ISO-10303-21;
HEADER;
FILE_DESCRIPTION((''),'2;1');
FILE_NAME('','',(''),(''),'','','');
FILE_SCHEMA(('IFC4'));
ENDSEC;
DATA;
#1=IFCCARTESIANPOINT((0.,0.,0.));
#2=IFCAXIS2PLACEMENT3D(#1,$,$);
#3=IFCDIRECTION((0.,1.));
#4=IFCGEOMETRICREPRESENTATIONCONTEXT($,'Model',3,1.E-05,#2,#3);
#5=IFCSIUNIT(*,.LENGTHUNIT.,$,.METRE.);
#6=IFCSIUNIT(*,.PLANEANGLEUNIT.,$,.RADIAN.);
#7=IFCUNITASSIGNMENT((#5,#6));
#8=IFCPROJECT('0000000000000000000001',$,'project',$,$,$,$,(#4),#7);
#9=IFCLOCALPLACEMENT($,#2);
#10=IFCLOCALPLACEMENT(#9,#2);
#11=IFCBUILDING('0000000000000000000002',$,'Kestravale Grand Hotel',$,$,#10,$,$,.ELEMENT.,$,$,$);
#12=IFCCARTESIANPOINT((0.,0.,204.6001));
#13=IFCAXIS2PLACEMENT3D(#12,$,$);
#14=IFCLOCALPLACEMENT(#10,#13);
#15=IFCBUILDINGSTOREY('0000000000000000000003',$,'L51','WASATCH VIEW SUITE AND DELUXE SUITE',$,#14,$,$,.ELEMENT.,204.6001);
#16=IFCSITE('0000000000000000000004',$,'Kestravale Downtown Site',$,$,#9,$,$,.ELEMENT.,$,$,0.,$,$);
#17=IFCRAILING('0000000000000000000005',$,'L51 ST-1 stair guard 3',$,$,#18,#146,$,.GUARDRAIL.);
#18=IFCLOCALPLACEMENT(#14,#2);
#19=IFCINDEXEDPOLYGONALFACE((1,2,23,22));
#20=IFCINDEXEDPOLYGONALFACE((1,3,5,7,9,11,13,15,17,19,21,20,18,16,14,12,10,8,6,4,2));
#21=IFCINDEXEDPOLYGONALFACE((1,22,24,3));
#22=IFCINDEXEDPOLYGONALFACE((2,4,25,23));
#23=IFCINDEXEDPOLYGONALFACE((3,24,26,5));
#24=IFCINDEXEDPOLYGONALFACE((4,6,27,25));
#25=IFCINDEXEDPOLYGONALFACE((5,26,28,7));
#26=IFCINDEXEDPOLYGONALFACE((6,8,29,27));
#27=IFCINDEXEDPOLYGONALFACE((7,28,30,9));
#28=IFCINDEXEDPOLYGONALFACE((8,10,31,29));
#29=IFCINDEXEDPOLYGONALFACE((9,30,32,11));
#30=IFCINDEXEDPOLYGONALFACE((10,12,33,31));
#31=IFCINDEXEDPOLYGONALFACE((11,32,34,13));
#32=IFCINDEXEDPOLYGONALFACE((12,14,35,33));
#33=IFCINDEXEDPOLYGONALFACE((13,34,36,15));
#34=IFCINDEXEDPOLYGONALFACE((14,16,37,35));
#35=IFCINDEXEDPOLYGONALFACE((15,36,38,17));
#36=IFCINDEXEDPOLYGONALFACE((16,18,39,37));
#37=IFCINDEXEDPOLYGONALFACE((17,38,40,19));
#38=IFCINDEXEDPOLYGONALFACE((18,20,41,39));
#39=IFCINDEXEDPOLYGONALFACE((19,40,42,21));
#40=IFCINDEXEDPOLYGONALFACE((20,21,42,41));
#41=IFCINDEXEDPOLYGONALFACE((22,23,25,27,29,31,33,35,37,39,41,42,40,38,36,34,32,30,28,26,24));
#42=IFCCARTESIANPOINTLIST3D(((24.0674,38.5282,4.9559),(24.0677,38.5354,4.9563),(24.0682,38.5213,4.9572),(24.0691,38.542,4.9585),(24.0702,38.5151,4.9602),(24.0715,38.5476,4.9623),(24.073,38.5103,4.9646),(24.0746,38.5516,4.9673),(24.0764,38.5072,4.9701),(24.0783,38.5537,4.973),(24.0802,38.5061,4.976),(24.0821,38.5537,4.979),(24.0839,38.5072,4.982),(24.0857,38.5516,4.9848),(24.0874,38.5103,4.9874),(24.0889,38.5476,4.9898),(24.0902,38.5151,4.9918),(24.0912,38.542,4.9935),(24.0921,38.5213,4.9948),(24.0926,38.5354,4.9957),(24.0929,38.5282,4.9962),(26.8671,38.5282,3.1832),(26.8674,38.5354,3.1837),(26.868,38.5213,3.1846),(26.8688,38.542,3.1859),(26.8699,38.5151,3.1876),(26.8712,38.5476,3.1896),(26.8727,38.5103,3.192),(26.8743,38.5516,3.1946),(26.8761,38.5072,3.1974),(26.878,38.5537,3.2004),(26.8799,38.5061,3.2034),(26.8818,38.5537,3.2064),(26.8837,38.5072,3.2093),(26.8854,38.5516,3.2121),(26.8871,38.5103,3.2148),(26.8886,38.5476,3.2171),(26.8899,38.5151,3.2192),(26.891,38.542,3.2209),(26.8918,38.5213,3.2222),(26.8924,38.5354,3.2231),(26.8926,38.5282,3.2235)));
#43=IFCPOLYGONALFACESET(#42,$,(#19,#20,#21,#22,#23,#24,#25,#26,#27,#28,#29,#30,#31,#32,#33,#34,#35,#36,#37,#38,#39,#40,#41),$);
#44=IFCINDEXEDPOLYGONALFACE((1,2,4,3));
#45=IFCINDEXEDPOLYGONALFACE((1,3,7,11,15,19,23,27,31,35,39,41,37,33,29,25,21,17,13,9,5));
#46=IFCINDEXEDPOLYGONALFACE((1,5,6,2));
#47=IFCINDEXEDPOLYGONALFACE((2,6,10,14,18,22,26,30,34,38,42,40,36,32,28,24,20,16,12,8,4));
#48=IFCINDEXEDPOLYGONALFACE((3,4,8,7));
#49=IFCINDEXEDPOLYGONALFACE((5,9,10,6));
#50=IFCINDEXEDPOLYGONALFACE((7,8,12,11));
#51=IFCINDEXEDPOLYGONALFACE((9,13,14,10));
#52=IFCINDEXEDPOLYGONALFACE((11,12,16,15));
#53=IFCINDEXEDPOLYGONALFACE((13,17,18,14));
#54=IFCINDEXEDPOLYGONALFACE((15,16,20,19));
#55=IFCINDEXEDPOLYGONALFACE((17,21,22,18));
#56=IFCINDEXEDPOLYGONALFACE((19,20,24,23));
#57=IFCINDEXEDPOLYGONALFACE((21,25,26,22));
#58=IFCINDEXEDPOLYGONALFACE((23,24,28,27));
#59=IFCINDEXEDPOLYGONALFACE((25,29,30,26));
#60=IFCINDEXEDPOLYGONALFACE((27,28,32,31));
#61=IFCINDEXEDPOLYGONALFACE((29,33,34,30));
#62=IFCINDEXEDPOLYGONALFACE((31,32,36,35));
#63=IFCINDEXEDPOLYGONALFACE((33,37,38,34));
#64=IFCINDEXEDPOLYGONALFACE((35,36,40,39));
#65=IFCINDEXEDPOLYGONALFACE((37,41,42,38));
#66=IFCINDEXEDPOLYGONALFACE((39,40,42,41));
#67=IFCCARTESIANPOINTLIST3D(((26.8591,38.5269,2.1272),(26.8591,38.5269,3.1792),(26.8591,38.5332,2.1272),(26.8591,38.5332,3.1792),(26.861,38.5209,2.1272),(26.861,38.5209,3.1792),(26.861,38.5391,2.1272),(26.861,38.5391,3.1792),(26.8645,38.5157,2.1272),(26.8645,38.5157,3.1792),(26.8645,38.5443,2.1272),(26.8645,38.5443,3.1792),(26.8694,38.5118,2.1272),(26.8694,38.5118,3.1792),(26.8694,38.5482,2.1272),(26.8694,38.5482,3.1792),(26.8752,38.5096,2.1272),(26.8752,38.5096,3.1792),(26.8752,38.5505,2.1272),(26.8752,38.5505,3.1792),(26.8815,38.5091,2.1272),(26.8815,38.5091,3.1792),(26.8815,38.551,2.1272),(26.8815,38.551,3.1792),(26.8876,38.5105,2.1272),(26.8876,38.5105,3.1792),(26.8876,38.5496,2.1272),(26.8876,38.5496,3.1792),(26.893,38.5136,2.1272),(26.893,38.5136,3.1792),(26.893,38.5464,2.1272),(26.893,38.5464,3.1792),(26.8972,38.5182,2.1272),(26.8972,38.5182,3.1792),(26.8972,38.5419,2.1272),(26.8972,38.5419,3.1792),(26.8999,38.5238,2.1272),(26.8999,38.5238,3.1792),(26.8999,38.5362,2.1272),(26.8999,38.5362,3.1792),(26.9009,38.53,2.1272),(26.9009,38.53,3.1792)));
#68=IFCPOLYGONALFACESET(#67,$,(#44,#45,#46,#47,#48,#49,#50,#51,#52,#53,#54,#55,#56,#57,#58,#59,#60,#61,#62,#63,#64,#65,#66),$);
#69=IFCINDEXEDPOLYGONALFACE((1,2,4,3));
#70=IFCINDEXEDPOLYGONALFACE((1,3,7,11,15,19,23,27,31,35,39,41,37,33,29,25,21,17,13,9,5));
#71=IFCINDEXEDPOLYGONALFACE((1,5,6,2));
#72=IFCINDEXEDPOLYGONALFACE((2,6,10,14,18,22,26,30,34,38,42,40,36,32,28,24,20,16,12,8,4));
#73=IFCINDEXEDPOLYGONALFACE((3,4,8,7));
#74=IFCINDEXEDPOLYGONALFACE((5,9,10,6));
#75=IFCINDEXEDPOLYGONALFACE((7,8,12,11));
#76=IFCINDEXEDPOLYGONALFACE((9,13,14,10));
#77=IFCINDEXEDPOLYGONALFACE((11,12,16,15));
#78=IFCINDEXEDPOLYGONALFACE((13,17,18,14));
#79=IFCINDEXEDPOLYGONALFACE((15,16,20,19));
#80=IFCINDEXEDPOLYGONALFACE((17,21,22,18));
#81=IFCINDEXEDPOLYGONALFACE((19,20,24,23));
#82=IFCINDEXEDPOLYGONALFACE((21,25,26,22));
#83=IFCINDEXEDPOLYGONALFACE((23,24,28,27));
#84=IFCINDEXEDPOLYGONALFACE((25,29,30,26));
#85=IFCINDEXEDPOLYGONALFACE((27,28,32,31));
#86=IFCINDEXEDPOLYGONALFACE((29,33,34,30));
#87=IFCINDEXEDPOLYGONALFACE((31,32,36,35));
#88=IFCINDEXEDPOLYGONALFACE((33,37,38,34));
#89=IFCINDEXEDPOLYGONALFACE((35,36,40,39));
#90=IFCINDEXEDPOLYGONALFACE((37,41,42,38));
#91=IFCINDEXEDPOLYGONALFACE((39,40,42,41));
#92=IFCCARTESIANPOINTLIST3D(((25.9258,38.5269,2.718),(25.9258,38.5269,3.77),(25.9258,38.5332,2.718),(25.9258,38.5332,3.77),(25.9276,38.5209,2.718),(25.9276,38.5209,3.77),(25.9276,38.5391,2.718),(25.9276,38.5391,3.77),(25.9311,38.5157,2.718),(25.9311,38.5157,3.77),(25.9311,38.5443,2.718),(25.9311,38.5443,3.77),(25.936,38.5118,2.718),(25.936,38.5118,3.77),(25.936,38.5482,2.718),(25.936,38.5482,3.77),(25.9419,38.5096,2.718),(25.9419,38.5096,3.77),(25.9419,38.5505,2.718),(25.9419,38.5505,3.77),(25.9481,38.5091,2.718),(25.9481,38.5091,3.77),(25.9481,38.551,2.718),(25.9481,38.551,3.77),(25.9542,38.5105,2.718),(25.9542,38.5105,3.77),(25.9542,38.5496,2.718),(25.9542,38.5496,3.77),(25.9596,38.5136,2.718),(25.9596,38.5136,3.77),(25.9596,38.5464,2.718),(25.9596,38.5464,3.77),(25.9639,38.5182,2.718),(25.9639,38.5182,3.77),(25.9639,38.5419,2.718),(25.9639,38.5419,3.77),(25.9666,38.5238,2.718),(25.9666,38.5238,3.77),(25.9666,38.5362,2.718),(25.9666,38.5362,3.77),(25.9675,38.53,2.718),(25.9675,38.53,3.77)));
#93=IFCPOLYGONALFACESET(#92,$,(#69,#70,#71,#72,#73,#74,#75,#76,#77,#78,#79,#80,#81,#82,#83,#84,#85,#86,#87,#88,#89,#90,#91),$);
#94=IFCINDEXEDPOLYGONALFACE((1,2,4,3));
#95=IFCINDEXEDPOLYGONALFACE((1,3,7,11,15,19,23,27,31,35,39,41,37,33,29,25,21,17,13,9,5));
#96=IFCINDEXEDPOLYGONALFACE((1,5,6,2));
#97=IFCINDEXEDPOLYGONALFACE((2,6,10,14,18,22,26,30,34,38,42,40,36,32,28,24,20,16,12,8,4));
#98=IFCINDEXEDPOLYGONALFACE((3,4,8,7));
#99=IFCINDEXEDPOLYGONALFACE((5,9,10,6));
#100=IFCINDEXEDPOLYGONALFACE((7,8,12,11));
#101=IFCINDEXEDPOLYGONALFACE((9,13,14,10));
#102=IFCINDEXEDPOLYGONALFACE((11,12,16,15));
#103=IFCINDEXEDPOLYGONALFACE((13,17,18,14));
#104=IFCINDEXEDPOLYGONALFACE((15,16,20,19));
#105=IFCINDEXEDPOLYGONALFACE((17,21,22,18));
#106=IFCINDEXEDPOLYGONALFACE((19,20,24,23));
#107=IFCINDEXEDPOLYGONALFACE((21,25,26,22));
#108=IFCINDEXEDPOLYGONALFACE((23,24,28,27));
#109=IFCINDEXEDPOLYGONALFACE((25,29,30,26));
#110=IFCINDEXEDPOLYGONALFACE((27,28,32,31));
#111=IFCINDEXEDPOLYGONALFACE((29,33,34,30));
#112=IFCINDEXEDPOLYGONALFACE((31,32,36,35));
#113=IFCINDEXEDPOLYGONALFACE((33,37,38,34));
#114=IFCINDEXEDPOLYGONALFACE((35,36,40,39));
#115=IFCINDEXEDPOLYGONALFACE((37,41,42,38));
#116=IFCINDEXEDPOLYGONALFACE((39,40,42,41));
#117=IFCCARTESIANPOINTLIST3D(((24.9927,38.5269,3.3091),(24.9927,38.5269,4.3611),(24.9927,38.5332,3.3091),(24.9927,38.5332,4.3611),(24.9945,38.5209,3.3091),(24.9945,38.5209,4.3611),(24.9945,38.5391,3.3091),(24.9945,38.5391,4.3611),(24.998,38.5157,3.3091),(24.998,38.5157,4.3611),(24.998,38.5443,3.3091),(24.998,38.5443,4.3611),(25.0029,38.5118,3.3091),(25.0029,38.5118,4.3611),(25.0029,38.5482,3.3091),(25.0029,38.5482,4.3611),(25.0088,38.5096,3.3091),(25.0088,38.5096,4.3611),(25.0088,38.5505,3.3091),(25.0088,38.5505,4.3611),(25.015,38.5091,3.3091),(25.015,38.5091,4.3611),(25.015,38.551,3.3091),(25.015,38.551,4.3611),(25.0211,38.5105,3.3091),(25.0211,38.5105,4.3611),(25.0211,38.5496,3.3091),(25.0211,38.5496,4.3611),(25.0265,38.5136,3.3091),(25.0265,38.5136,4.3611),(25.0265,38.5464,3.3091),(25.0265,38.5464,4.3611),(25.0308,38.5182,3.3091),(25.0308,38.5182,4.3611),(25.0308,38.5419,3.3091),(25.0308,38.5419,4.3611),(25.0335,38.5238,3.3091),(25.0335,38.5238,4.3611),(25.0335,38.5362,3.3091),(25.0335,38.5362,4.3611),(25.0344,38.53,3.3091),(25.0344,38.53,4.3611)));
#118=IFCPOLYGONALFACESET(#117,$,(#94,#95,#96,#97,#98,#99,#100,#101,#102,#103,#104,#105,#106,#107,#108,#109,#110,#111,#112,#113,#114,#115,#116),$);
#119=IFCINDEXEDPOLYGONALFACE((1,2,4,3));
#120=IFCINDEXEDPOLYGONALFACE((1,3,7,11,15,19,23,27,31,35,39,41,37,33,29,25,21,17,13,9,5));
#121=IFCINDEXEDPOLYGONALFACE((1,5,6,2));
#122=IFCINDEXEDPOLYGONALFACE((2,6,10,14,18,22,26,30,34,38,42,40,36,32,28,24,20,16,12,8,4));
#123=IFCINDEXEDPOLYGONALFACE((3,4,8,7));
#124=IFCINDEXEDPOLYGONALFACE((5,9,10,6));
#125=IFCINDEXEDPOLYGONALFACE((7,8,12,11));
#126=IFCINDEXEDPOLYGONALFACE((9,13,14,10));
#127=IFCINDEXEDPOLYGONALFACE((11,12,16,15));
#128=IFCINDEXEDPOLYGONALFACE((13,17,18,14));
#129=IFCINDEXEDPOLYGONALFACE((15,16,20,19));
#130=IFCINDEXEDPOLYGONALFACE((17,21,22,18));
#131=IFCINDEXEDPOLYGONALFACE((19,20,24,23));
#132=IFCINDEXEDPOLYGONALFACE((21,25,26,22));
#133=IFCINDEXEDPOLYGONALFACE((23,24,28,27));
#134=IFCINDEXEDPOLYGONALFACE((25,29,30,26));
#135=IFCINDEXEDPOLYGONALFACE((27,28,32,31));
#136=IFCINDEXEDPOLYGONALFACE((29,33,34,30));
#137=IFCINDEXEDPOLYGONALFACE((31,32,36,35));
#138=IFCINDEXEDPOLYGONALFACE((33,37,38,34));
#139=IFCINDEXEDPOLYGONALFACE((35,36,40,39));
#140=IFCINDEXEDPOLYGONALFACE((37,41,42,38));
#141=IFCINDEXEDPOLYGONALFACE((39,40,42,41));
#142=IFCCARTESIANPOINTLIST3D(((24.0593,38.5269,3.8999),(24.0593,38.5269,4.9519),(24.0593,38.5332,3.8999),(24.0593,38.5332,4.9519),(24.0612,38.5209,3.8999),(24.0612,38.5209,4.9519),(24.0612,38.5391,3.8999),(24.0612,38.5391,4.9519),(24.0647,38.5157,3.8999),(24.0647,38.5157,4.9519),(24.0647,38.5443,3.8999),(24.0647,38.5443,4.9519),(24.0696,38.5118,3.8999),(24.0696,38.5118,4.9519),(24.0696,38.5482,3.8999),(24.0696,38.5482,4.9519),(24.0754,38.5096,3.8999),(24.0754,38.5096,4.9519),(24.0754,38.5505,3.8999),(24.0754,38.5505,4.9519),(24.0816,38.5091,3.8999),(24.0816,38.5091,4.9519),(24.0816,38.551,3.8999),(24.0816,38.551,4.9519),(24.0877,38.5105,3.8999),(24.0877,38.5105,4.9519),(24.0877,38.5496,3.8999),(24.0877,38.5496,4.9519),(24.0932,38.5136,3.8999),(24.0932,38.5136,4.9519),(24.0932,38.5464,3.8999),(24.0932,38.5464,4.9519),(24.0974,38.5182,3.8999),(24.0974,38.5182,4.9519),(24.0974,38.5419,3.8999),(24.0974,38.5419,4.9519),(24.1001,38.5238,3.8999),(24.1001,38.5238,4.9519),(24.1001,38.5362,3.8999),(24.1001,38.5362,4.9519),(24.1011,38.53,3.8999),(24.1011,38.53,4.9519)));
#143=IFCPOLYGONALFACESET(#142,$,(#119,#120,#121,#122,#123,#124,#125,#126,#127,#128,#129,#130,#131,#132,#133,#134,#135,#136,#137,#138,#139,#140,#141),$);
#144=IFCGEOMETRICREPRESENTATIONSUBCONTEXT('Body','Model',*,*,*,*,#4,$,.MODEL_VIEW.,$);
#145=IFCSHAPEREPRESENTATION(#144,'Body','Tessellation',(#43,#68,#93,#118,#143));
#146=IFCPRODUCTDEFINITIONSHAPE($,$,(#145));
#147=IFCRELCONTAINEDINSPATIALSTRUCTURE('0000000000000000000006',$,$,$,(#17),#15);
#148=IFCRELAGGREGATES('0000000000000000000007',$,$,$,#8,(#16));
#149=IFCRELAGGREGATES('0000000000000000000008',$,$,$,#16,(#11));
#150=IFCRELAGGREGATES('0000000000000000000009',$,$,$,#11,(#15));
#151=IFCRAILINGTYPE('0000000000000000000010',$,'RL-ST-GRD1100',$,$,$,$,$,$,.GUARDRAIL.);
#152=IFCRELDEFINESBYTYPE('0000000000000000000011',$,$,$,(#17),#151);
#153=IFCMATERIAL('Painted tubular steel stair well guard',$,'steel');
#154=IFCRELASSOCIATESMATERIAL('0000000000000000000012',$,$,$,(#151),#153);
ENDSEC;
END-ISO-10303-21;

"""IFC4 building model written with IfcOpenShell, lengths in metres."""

from ifc_helpers import new_model, si_unit, direction, frame, origin, origin_2d, place, context, subcontext, project, spatial, circle, extrude, material, type_object, element, save


model = new_model("IFC4")

# Units and contexts
model_context = context("Model", 3, precision=1e-05, world=origin(), true_north=direction((0.0, 1.0)))
body_context = subcontext(model_context, "Body", "Model", "MODEL_VIEW")
ifc_project = project(units=[si_unit("LENGTHUNIT", "METRE"), si_unit("PLANEANGLEUNIT", "RADIAN")], contexts=[model_context])

# Site, building, storey
site_placement = place(None, origin())
site = spatial("IfcSite", under=ifc_project, at=site_placement, Name="Kestravale Downtown Site", CompositionType="ELEMENT", RefElevation=0.0)
building_placement = place(site_placement, origin())
building = spatial("IfcBuilding", under=site, at=building_placement, Name="Kestravale Grand Hotel", CompositionType="ELEMENT")
storey_placement = place(building_placement, frame((0.0, 0.0, 204.6001)))
storey = spatial("IfcBuildingStorey", under=building, at=storey_placement, Name="L51", Description="WASATCH VIEW SUITE AND DELUXE SUITE", CompositionType="ELEMENT", Elevation=204.6001)

# Railing
ifc_material_1 = material(Name="Painted tubular steel stair well guard", Category="steel")
railing_type_1 = type_object("IfcRailingType", Name="RL-ST-GRD1100", PredefinedType="GUARDRAIL", material=ifc_material_1)
railing_1_placement = place(storey_placement, frame((26.8799, 38.53, 2.1272)))
element("IfcRailing", 1, at=railing_1_placement, inside=storey, type_object=railing_type_1, Name="L51 ST-1 stair guard 3", PredefinedType="GUARDRAIL", context=body_context, shape_type="SweptSolid", body=[
    extrude(circle(Radius=0.0239, at=origin_2d()), frame((0.0, 0.0, 1.0762), z_axis=(-0.844888, 0.0, 0.534943), x_axis=(0.0, -1.0, 0.0)), (0.0, 0.0, 1.0), 3.3137),
    extrude(circle(Radius=0.021, at=origin_2d()), origin(), (0.0, 0.0, 1.0), 1.052),
    extrude(circle(Radius=0.021, at=origin_2d()), frame((-0.9333, 0.0, 0.5908)), (0.0, 0.0, 1.0), 1.052),
    extrude(circle(Radius=0.021, at=origin_2d()), frame((-1.8665, 0.0, 1.1819)), (0.0, 0.0, 1.0), 1.052),
    extrude(circle(Radius=0.021, at=origin_2d()), frame((-2.7998, 0.0, 1.7727)), (0.0, 0.0, 1.0), 1.052),
])

save(model, "model.ifc")
